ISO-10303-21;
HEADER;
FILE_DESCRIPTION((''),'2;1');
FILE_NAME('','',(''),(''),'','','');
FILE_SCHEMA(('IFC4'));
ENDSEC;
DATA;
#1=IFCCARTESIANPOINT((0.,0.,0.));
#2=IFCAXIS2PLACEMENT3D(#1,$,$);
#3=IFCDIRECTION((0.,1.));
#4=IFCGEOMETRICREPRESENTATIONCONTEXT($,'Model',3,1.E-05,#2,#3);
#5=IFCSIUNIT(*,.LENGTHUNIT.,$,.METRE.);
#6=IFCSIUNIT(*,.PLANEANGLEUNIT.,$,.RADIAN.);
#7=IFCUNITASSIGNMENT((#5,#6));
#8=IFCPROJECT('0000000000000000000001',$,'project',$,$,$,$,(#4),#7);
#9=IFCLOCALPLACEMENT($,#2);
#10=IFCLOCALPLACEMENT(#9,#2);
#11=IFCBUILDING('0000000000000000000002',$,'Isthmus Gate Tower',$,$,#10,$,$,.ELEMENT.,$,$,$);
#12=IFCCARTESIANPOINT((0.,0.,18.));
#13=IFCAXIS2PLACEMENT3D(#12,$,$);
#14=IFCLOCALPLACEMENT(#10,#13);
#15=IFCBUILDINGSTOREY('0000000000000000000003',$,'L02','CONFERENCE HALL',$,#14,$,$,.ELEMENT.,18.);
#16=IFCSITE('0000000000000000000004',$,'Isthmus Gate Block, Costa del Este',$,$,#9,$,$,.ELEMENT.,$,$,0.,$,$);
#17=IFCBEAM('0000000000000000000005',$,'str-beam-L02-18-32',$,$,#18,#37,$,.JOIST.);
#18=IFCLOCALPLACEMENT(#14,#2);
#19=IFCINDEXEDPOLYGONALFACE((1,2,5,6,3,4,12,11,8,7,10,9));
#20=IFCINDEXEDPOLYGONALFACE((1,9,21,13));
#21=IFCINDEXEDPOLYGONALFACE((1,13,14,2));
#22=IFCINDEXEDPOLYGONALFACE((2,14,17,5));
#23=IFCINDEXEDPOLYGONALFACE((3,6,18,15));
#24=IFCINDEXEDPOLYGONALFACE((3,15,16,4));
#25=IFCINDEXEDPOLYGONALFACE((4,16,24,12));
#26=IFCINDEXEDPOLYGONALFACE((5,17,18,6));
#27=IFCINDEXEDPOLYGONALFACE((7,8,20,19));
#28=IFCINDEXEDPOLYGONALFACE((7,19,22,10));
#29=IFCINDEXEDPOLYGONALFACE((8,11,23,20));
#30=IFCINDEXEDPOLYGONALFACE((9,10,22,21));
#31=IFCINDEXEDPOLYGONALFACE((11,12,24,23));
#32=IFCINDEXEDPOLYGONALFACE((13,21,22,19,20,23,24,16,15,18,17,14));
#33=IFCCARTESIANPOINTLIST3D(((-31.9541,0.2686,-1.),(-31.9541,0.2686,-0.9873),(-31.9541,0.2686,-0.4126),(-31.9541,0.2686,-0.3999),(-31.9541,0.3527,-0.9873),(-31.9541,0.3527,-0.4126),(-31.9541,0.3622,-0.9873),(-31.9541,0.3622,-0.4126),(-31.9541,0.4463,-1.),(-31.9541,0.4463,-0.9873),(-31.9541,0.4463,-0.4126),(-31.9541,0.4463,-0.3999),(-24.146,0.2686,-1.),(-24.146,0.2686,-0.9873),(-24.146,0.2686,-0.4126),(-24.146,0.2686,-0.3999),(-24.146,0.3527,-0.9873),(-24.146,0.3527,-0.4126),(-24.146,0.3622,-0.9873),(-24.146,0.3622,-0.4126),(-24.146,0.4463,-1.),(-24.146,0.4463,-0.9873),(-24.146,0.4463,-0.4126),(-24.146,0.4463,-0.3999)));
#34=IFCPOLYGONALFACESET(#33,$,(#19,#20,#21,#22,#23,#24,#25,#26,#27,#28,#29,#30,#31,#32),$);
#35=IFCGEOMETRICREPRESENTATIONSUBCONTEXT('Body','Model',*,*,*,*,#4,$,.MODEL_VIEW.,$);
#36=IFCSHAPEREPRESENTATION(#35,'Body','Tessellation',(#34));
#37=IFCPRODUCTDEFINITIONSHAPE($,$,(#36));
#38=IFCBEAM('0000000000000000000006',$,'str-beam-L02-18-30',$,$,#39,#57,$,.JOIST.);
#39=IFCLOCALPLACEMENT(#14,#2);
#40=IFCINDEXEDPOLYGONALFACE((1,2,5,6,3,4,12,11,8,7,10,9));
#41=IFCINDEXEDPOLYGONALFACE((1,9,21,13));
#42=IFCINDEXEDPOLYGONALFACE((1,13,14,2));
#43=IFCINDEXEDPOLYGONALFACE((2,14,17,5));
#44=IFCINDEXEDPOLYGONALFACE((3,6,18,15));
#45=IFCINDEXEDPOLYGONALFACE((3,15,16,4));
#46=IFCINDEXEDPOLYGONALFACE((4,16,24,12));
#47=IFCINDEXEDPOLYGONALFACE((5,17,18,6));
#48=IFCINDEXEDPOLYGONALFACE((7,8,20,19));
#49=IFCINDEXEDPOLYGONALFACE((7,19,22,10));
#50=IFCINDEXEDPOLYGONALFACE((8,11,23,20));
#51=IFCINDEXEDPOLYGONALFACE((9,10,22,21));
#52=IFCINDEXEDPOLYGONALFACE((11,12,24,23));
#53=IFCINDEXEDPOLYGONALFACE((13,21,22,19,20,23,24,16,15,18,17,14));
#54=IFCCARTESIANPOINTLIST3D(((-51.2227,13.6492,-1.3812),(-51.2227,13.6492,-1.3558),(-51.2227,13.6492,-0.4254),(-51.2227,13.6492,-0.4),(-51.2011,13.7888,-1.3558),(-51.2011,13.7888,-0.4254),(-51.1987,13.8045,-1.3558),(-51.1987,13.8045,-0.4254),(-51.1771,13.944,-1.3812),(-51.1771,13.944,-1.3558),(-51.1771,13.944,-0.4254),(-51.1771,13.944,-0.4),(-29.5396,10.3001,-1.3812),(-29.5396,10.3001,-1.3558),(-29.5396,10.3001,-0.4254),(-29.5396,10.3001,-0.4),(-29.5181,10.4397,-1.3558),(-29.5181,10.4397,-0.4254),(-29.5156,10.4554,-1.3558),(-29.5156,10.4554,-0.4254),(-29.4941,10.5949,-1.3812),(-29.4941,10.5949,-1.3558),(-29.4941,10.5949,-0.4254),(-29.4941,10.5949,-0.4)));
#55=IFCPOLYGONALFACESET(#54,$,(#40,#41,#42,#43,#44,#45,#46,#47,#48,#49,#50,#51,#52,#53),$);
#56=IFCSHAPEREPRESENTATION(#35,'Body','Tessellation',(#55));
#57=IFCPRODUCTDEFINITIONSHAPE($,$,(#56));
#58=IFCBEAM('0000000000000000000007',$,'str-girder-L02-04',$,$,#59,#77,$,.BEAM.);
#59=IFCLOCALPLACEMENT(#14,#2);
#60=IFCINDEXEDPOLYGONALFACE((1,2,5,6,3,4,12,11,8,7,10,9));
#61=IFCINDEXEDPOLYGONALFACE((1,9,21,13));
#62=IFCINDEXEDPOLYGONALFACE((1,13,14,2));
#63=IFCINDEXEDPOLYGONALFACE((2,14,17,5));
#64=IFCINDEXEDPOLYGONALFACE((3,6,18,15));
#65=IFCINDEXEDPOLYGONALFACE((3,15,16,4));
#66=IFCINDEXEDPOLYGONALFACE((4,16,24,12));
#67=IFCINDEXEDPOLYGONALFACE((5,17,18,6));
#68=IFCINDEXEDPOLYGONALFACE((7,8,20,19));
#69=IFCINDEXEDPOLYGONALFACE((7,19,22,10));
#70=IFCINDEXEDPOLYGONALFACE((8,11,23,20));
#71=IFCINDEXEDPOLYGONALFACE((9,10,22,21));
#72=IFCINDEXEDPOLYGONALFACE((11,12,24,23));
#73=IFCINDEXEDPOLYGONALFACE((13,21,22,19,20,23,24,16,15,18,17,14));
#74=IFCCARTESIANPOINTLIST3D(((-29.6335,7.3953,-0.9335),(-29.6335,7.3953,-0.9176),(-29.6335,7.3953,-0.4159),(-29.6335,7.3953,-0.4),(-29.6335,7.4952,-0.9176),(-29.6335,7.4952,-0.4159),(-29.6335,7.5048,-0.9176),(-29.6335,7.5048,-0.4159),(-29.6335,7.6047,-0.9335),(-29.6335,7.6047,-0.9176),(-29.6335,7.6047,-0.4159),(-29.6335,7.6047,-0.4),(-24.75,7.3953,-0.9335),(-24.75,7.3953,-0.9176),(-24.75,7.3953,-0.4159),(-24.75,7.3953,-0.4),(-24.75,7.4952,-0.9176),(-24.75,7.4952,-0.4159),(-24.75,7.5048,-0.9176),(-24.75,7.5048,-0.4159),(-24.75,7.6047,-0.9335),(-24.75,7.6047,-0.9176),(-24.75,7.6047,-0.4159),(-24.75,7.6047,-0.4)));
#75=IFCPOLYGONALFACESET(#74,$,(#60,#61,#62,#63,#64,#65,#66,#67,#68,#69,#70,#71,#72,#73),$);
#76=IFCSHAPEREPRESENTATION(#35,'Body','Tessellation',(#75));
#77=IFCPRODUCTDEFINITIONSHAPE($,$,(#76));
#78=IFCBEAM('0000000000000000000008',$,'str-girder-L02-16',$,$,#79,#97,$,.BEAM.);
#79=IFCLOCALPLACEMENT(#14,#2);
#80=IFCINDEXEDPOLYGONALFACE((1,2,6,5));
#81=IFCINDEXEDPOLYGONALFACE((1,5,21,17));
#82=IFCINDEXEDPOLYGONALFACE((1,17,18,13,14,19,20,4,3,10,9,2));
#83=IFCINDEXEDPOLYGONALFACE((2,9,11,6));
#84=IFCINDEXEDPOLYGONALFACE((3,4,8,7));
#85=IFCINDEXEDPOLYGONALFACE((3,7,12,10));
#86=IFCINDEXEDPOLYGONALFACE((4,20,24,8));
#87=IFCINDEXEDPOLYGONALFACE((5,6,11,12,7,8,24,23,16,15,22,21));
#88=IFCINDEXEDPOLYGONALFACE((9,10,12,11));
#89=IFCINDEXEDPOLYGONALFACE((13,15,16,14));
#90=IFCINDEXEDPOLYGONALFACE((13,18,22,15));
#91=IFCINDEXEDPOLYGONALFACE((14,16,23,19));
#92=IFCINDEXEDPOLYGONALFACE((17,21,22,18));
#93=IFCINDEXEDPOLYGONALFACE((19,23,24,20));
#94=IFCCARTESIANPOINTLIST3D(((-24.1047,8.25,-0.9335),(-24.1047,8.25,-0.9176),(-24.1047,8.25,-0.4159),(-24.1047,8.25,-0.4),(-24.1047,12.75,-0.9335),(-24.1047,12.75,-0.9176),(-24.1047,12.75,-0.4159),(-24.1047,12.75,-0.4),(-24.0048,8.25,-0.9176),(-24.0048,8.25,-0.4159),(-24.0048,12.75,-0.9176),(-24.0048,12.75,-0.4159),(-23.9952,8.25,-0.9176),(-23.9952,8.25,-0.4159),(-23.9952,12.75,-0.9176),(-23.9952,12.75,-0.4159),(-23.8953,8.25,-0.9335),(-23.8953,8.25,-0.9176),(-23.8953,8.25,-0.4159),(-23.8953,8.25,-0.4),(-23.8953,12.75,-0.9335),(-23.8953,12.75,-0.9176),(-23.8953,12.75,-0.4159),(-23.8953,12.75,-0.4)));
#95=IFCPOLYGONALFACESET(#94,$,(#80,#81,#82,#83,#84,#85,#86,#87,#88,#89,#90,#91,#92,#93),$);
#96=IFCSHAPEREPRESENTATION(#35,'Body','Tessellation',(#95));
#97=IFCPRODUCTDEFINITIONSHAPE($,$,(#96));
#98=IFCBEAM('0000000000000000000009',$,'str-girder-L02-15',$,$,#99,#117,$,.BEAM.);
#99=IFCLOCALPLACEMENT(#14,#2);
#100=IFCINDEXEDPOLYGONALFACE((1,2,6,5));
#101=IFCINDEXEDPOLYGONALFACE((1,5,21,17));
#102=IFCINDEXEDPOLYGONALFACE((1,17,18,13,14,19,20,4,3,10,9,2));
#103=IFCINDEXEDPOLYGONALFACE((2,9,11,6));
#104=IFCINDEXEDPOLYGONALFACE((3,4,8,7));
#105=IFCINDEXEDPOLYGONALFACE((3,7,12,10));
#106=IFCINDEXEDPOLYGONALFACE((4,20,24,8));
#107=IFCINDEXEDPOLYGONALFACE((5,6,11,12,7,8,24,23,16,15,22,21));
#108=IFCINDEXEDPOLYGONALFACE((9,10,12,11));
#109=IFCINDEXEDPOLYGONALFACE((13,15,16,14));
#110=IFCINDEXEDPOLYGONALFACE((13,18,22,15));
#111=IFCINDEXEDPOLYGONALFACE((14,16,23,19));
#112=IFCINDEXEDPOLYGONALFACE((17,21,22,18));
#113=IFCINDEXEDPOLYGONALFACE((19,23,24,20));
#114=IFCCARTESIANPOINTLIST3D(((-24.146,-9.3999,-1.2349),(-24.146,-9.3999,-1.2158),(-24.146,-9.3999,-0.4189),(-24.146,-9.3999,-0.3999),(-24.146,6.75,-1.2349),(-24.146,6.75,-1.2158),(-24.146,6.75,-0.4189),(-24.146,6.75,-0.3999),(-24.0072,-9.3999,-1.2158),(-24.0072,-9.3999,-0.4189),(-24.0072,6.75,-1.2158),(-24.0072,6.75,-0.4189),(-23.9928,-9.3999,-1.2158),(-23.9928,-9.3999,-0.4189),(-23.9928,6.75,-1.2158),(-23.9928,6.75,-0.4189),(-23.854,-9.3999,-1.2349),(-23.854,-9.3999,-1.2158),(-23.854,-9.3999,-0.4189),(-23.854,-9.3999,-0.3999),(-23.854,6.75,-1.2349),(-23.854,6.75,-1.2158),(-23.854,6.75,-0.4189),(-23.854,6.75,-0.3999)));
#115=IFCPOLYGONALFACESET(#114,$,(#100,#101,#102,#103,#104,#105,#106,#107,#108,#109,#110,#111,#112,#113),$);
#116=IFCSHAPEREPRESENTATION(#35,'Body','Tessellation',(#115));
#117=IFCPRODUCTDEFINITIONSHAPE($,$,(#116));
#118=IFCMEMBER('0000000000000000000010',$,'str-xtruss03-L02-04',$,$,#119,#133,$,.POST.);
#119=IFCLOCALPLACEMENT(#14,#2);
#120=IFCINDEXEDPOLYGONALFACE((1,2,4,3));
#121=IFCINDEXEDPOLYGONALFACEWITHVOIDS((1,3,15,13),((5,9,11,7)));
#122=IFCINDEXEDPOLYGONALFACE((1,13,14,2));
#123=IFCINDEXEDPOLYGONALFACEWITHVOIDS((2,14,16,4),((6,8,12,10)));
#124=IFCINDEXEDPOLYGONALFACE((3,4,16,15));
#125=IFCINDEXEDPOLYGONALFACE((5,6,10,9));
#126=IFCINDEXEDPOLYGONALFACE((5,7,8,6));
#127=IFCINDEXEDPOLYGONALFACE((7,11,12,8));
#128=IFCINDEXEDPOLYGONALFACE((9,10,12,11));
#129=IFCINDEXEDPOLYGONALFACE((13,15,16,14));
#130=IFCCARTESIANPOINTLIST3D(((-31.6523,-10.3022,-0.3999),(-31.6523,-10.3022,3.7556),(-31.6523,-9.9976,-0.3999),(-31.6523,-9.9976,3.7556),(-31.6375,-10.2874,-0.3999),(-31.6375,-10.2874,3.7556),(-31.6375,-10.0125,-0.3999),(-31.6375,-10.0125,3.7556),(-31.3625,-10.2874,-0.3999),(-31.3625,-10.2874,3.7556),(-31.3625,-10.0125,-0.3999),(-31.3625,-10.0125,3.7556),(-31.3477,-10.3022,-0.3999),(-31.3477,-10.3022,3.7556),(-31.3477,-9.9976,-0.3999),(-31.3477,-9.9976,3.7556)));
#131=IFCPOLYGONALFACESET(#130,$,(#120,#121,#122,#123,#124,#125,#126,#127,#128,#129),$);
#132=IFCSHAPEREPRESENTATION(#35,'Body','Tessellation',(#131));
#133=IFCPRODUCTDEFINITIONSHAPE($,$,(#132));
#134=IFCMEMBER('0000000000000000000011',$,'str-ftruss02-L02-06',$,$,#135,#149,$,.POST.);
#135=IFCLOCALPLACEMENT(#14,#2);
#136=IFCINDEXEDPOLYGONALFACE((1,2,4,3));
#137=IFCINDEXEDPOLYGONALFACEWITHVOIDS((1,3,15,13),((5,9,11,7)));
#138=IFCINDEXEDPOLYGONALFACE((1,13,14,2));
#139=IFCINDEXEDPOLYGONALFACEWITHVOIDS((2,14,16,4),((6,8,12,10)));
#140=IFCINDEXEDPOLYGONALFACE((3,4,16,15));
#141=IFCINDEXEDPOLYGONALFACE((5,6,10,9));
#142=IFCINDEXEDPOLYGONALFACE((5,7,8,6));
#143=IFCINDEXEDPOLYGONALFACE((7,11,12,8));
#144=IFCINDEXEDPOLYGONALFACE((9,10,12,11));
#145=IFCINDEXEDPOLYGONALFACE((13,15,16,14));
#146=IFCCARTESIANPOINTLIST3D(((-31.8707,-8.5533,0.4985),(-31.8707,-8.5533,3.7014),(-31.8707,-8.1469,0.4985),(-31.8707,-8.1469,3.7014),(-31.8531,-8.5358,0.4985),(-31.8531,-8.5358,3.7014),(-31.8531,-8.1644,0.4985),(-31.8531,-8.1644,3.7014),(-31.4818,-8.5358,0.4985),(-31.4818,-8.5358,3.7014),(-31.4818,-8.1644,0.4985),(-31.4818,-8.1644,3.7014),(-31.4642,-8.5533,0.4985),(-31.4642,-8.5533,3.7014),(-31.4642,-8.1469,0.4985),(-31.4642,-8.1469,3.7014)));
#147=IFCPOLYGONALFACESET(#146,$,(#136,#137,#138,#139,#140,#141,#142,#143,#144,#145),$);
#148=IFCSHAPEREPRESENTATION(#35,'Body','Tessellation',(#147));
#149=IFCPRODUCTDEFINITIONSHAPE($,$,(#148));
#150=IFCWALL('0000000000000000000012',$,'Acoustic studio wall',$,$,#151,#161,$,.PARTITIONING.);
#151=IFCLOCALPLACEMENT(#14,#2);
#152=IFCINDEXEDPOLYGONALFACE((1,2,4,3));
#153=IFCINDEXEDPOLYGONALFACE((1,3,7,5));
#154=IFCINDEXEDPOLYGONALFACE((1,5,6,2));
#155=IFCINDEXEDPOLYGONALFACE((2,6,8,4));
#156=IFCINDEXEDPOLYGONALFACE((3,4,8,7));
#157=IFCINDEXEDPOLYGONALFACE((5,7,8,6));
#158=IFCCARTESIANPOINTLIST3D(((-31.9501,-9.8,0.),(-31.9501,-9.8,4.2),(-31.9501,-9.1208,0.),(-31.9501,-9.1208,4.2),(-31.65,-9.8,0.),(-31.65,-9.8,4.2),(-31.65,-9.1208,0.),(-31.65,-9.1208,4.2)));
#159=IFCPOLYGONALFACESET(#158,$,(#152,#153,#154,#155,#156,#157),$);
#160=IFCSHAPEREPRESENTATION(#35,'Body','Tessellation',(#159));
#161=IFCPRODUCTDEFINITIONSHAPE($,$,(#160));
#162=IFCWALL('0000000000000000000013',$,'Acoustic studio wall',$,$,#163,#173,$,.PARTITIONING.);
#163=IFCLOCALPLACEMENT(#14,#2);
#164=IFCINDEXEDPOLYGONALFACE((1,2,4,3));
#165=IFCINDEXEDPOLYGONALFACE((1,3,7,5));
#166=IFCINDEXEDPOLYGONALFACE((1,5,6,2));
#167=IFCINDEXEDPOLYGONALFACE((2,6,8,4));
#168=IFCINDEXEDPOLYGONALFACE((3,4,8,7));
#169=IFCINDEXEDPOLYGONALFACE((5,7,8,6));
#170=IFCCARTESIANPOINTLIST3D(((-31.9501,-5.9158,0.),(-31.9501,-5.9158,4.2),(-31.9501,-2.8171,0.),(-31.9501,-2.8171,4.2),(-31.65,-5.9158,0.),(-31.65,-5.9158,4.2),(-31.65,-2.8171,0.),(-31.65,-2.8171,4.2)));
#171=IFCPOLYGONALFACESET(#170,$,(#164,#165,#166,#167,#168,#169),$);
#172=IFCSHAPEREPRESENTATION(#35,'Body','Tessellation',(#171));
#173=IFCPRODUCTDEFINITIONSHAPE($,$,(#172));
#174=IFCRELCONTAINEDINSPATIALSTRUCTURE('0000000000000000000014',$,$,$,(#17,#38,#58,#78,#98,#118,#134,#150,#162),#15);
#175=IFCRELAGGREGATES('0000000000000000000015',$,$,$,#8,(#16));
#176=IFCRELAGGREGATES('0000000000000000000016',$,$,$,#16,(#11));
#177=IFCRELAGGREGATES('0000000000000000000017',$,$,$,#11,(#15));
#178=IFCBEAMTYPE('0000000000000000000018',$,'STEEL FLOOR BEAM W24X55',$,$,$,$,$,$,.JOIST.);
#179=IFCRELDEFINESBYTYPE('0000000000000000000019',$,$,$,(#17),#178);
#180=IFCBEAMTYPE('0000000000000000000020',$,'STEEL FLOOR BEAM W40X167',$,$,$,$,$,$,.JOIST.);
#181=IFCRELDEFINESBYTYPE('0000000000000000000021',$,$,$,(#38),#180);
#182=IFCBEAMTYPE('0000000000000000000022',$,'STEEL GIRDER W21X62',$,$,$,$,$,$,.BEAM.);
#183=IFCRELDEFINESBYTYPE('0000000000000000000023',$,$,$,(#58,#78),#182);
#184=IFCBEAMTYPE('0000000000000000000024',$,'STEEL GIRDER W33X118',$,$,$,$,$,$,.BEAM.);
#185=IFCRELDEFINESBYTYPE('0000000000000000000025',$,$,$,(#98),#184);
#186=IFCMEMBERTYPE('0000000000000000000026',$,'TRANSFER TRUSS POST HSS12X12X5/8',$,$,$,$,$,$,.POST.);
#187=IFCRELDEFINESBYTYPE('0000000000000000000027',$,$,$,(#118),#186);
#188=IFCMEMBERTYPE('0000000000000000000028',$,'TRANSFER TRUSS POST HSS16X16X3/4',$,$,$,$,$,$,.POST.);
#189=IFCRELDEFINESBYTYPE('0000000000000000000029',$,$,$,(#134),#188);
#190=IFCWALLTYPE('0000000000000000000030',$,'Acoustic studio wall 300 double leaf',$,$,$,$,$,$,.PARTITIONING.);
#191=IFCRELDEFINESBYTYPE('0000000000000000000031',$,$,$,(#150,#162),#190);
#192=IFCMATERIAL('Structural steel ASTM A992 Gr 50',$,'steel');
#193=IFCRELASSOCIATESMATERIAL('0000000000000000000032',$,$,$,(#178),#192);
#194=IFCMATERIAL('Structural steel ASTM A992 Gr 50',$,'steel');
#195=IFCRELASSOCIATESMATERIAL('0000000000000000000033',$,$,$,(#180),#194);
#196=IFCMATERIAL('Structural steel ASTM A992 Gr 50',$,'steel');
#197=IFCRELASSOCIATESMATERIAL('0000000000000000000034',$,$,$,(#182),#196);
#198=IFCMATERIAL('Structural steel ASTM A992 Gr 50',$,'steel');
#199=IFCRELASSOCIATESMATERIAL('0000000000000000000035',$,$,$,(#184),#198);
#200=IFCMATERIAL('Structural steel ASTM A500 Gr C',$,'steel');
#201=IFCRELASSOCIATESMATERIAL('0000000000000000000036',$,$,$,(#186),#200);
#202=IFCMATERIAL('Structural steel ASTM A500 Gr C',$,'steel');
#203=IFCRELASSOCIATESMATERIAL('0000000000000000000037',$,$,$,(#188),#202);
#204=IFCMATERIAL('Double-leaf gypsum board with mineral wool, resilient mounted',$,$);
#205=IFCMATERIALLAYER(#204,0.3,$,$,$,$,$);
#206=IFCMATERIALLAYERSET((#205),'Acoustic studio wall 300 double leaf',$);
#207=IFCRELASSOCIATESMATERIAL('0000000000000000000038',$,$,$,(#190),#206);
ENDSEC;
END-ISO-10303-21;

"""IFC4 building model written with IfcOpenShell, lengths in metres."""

from ifc_helpers import new_model, si_unit, direction, frame, frame_2d, origin, origin_2d, place, context, subcontext, project, spatial, rectangle, hollow_rectangle, i_section, extrude, material, layer, layer_set, material_profile, profile_set, type_object, element, save


model = new_model("IFC4")

# Units and contexts
model_context = context("Model", 3, precision=1e-05, world=origin(), true_north=direction((0.0, 1.0)))
body_context = subcontext(model_context, "Body", "Model", "MODEL_VIEW")
ifc_project = project(units=[si_unit("LENGTHUNIT", "METRE"), si_unit("PLANEANGLEUNIT", "RADIAN")], contexts=[model_context])

# Site, building, storey
site_placement = place(None, origin())
site = spatial("IfcSite", under=ifc_project, at=site_placement, Name="Isthmus Gate Block, Costa del Este", CompositionType="ELEMENT", RefElevation=0.0)
building_placement = place(site_placement, origin())
building = spatial("IfcBuilding", under=site, at=building_placement, Name="Isthmus Gate Tower", CompositionType="ELEMENT")
storey_placement = place(building_placement, frame((0.0, 0.0, 18.0)))
storey = spatial("IfcBuildingStorey", under=building, at=storey_placement, Name="L02", Description="CONFERENCE HALL", CompositionType="ELEMENT", Elevation=18.0)

# Beams
ifc_material_1 = material(Name="Structural steel ASTM A992 Gr 50", Category="steel")
ifc_material_profile_1 = material_profile(ifc_material_1, i_section(OverallWidth=0.1777, OverallDepth=0.6001, WebThickness=0.0095, FlangeThickness=0.0127, at=origin_2d()), Name="W24X55")
ifc_profile_set_1 = profile_set([ifc_material_profile_1], Name="Structural steel ASTM A992 Gr 50")
beam_type_1 = type_object("IfcBeamType", Name="STEEL FLOOR BEAM W24X55", PredefinedType="JOIST", material=ifc_profile_set_1)
beam_1_placement = place(storey_placement, frame((-24.146, 0.3574, -0.7), z_axis=(-1.0, 0.0, 0.0), x_axis=(0.0, -1.0, 0.0)))
element("IfcBeam", 1, at=beam_1_placement, inside=storey, type_object=beam_type_1, Name="str-beam-L02-18-32", PredefinedType="JOIST", context=body_context, shape_type="SweptSolid", body=[
    extrude(i_section(OverallWidth=0.1777, OverallDepth=0.6001, WebThickness=0.0095, FlangeThickness=0.0127, at=origin_2d()), origin(), (0.0, 0.0, 1.0), 7.8081),
])
ifc_material_2 = material(Name="Structural steel ASTM A992 Gr 50", Category="steel")
ifc_material_profile_2 = material_profile(ifc_material_2, i_section(OverallWidth=0.2983, OverallDepth=0.9812, WebThickness=0.0159, FlangeThickness=0.0254, at=origin_2d()), Name="W40X167")
ifc_profile_set_2 = profile_set([ifc_material_profile_2], Name="Structural steel ASTM A992 Gr 50")
beam_type_2 = type_object("IfcBeamType", Name="STEEL FLOOR BEAM W40X167", PredefinedType="JOIST", material=ifc_profile_set_2)
beam_2_placement = place(storey_placement, frame((-29.5168, 10.4475, -0.8906), z_axis=(-0.988281, 0.152647, 0.0), x_axis=(-0.152647, -0.988281, 0.0)))
element("IfcBeam", 2, at=beam_2_placement, inside=storey, type_object=beam_type_2, Name="str-beam-L02-18-30", PredefinedType="JOIST", context=body_context, shape_type="SweptSolid", body=[
    extrude(i_section(OverallWidth=0.2983, OverallDepth=0.9812, WebThickness=0.0159, FlangeThickness=0.0254, at=origin_2d()), origin(), (0.0, 0.0, 1.0), 21.9402),
])
ifc_material_3 = material(Name="Structural steel ASTM A992 Gr 50", Category="steel")
ifc_material_profile_3 = material_profile(ifc_material_3, i_section(OverallWidth=0.2095, OverallDepth=0.5334, WebThickness=0.0095, FlangeThickness=0.0159, at=origin_2d()), Name="W21X62")
ifc_profile_set_3 = profile_set([ifc_material_profile_3], Name="Structural steel ASTM A992 Gr 50")
beam_type_3 = type_object("IfcBeamType", Name="STEEL GIRDER W21X62", PredefinedType="BEAM", material=ifc_profile_set_3)
beam_3_placement = place(storey_placement, frame((-29.6335, 7.5, -0.6667), z_axis=(1.0, 0.0, 0.0), x_axis=(0.0, 1.0, 0.0)))
element("IfcBeam", 3, at=beam_3_placement, inside=storey, type_object=beam_type_3, Name="str-girder-L02-04", PredefinedType="BEAM", context=body_context, shape_type="SweptSolid", body=[
    extrude(i_section(OverallWidth=0.2095, OverallDepth=0.5334, WebThickness=0.0095, FlangeThickness=0.0159, at=origin_2d()), origin(), (0.0, 0.0, 1.0), 4.8835),
])
beam_4_placement = place(storey_placement, frame((-24.0, 8.25, -0.6667), z_axis=(0.0, 1.0, 0.0), x_axis=(-1.0, 0.0, 0.0)))
element("IfcBeam", 4, at=beam_4_placement, inside=storey, type_object=beam_type_3, Name="str-girder-L02-16", PredefinedType="BEAM", context=body_context, shape_type="SweptSolid", body=[
    extrude(i_section(OverallWidth=0.2095, OverallDepth=0.5334, WebThickness=0.0095, FlangeThickness=0.0159, at=origin_2d()), origin(), (0.0, 0.0, 1.0), 4.5),
])
ifc_material_4 = material(Name="Structural steel ASTM A992 Gr 50", Category="steel")
ifc_material_profile_4 = material_profile(ifc_material_4, i_section(OverallWidth=0.292, OverallDepth=0.835, WebThickness=0.0144, FlangeThickness=0.019, at=origin_2d()), Name="W33X118")
ifc_profile_set_4 = profile_set([ifc_material_profile_4], Name="Structural steel ASTM A992 Gr 50")
beam_type_4 = type_object("IfcBeamType", Name="STEEL GIRDER W33X118", PredefinedType="BEAM", material=ifc_profile_set_4)
beam_5_placement = place(storey_placement, frame((-24.0, -9.3999, -0.8174), z_axis=(0.0, 1.0, 0.0), x_axis=(-1.0, 0.0, 0.0)))
element("IfcBeam", 5, at=beam_5_placement, inside=storey, type_object=beam_type_4, Name="str-girder-L02-15", PredefinedType="BEAM", context=body_context, shape_type="SweptSolid", body=[
    extrude(i_section(OverallWidth=0.292, OverallDepth=0.835, WebThickness=0.0144, FlangeThickness=0.019, at=origin_2d()), origin(), (0.0, 0.0, 1.0), 16.1499),
])

# Members
ifc_material_5 = material(Name="Structural steel ASTM A500 Gr C", Category="steel")
ifc_material_profile_5 = material_profile(ifc_material_5, hollow_rectangle(XDim=0.3047, YDim=0.3047, WallThickness=0.0149, at=origin_2d()), Name="HSS12X12X5/8")
ifc_profile_set_5 = profile_set([ifc_material_profile_5], Name="Structural steel ASTM A500 Gr C")
member_type_1 = type_object("IfcMemberType", Name="TRANSFER TRUSS POST HSS12X12X5/8", PredefinedType="POST", material=ifc_profile_set_5)
member_1_placement = place(storey_placement, frame((-31.5, -10.1499, -0.3999), z_axis=(0.0, 0.0, 1.0), x_axis=(1.0, 0.0, 0.0)))
element("IfcMember", 6, at=member_1_placement, inside=storey, type_object=member_type_1, Name="str-xtruss03-L02-04", PredefinedType="POST", context=body_context, shape_type="SweptSolid", body=[
    extrude(hollow_rectangle(XDim=0.3047, YDim=0.3047, WallThickness=0.0149, at=origin_2d()), origin(), (0.0, 0.0, 1.0), 4.1555),
])
ifc_material_6 = material(Name="Structural steel ASTM A500 Gr C", Category="steel")
ifc_material_profile_6 = material_profile(ifc_material_6, hollow_rectangle(XDim=0.4065, YDim=0.4065, WallThickness=0.0176, at=origin_2d()), Name="HSS16X16X3/4")
ifc_profile_set_6 = profile_set([ifc_material_profile_6], Name="Structural steel ASTM A500 Gr C")
member_type_2 = type_object("IfcMemberType", Name="TRANSFER TRUSS POST HSS16X16X3/4", PredefinedType="POST", material=ifc_profile_set_6)
member_2_placement = place(storey_placement, frame((-31.6675, -8.3501, 0.4985), z_axis=(0.0, 0.0, 1.0), x_axis=(1.0, 0.0, 0.0)))
element("IfcMember", 7, at=member_2_placement, inside=storey, type_object=member_type_2, Name="str-ftruss02-L02-06", PredefinedType="POST", context=body_context, shape_type="SweptSolid", body=[
    extrude(hollow_rectangle(XDim=0.4065, YDim=0.4065, WallThickness=0.0176, at=origin_2d()), origin(), (0.0, 0.0, 1.0), 3.2029),
])

# Walls
ifc_material_7 = material(Name="Double-leaf gypsum board with mineral wool, resilient mounted")
ifc_layer_1 = layer(ifc_material_7, 0.3)
ifc_layer_set_1 = layer_set([ifc_layer_1], Name="Acoustic studio wall 300 double leaf")
wall_type_1 = type_object("IfcWallType", Name="Acoustic studio wall 300 double leaf", PredefinedType="PARTITIONING", material=ifc_layer_set_1)
wall_1_placement = place(storey_placement, frame((-31.8, -9.8, 0.0), z_axis=(0.0, 0.0, 1.0), x_axis=(0.0, 1.0, 0.0)))
element("IfcWall", 8, at=wall_1_placement, inside=storey, type_object=wall_type_1, Name="Acoustic studio wall", PredefinedType="PARTITIONING", context=body_context, shape_type="SweptSolid", body=[
    extrude(rectangle(XDim=0.6792, YDim=0.3, at=frame_2d((0.3396, 0.0))), origin(), (0.0, 0.0, 1.0), 4.2),
])
wall_2_placement = place(storey_placement, frame((-31.8, -5.9158, 0.0), z_axis=(0.0, 0.0, 1.0), x_axis=(0.0, 1.0, 0.0)))
element("IfcWall", 9, at=wall_2_placement, inside=storey, type_object=wall_type_1, Name="Acoustic studio wall", PredefinedType="PARTITIONING", context=body_context, shape_type="SweptSolid", body=[
    extrude(rectangle(XDim=3.0986, YDim=0.3, at=frame_2d((1.5493, 0.0))), origin(), (0.0, 0.0, 1.0), 4.2),
])

save(model, "model.ifc")
